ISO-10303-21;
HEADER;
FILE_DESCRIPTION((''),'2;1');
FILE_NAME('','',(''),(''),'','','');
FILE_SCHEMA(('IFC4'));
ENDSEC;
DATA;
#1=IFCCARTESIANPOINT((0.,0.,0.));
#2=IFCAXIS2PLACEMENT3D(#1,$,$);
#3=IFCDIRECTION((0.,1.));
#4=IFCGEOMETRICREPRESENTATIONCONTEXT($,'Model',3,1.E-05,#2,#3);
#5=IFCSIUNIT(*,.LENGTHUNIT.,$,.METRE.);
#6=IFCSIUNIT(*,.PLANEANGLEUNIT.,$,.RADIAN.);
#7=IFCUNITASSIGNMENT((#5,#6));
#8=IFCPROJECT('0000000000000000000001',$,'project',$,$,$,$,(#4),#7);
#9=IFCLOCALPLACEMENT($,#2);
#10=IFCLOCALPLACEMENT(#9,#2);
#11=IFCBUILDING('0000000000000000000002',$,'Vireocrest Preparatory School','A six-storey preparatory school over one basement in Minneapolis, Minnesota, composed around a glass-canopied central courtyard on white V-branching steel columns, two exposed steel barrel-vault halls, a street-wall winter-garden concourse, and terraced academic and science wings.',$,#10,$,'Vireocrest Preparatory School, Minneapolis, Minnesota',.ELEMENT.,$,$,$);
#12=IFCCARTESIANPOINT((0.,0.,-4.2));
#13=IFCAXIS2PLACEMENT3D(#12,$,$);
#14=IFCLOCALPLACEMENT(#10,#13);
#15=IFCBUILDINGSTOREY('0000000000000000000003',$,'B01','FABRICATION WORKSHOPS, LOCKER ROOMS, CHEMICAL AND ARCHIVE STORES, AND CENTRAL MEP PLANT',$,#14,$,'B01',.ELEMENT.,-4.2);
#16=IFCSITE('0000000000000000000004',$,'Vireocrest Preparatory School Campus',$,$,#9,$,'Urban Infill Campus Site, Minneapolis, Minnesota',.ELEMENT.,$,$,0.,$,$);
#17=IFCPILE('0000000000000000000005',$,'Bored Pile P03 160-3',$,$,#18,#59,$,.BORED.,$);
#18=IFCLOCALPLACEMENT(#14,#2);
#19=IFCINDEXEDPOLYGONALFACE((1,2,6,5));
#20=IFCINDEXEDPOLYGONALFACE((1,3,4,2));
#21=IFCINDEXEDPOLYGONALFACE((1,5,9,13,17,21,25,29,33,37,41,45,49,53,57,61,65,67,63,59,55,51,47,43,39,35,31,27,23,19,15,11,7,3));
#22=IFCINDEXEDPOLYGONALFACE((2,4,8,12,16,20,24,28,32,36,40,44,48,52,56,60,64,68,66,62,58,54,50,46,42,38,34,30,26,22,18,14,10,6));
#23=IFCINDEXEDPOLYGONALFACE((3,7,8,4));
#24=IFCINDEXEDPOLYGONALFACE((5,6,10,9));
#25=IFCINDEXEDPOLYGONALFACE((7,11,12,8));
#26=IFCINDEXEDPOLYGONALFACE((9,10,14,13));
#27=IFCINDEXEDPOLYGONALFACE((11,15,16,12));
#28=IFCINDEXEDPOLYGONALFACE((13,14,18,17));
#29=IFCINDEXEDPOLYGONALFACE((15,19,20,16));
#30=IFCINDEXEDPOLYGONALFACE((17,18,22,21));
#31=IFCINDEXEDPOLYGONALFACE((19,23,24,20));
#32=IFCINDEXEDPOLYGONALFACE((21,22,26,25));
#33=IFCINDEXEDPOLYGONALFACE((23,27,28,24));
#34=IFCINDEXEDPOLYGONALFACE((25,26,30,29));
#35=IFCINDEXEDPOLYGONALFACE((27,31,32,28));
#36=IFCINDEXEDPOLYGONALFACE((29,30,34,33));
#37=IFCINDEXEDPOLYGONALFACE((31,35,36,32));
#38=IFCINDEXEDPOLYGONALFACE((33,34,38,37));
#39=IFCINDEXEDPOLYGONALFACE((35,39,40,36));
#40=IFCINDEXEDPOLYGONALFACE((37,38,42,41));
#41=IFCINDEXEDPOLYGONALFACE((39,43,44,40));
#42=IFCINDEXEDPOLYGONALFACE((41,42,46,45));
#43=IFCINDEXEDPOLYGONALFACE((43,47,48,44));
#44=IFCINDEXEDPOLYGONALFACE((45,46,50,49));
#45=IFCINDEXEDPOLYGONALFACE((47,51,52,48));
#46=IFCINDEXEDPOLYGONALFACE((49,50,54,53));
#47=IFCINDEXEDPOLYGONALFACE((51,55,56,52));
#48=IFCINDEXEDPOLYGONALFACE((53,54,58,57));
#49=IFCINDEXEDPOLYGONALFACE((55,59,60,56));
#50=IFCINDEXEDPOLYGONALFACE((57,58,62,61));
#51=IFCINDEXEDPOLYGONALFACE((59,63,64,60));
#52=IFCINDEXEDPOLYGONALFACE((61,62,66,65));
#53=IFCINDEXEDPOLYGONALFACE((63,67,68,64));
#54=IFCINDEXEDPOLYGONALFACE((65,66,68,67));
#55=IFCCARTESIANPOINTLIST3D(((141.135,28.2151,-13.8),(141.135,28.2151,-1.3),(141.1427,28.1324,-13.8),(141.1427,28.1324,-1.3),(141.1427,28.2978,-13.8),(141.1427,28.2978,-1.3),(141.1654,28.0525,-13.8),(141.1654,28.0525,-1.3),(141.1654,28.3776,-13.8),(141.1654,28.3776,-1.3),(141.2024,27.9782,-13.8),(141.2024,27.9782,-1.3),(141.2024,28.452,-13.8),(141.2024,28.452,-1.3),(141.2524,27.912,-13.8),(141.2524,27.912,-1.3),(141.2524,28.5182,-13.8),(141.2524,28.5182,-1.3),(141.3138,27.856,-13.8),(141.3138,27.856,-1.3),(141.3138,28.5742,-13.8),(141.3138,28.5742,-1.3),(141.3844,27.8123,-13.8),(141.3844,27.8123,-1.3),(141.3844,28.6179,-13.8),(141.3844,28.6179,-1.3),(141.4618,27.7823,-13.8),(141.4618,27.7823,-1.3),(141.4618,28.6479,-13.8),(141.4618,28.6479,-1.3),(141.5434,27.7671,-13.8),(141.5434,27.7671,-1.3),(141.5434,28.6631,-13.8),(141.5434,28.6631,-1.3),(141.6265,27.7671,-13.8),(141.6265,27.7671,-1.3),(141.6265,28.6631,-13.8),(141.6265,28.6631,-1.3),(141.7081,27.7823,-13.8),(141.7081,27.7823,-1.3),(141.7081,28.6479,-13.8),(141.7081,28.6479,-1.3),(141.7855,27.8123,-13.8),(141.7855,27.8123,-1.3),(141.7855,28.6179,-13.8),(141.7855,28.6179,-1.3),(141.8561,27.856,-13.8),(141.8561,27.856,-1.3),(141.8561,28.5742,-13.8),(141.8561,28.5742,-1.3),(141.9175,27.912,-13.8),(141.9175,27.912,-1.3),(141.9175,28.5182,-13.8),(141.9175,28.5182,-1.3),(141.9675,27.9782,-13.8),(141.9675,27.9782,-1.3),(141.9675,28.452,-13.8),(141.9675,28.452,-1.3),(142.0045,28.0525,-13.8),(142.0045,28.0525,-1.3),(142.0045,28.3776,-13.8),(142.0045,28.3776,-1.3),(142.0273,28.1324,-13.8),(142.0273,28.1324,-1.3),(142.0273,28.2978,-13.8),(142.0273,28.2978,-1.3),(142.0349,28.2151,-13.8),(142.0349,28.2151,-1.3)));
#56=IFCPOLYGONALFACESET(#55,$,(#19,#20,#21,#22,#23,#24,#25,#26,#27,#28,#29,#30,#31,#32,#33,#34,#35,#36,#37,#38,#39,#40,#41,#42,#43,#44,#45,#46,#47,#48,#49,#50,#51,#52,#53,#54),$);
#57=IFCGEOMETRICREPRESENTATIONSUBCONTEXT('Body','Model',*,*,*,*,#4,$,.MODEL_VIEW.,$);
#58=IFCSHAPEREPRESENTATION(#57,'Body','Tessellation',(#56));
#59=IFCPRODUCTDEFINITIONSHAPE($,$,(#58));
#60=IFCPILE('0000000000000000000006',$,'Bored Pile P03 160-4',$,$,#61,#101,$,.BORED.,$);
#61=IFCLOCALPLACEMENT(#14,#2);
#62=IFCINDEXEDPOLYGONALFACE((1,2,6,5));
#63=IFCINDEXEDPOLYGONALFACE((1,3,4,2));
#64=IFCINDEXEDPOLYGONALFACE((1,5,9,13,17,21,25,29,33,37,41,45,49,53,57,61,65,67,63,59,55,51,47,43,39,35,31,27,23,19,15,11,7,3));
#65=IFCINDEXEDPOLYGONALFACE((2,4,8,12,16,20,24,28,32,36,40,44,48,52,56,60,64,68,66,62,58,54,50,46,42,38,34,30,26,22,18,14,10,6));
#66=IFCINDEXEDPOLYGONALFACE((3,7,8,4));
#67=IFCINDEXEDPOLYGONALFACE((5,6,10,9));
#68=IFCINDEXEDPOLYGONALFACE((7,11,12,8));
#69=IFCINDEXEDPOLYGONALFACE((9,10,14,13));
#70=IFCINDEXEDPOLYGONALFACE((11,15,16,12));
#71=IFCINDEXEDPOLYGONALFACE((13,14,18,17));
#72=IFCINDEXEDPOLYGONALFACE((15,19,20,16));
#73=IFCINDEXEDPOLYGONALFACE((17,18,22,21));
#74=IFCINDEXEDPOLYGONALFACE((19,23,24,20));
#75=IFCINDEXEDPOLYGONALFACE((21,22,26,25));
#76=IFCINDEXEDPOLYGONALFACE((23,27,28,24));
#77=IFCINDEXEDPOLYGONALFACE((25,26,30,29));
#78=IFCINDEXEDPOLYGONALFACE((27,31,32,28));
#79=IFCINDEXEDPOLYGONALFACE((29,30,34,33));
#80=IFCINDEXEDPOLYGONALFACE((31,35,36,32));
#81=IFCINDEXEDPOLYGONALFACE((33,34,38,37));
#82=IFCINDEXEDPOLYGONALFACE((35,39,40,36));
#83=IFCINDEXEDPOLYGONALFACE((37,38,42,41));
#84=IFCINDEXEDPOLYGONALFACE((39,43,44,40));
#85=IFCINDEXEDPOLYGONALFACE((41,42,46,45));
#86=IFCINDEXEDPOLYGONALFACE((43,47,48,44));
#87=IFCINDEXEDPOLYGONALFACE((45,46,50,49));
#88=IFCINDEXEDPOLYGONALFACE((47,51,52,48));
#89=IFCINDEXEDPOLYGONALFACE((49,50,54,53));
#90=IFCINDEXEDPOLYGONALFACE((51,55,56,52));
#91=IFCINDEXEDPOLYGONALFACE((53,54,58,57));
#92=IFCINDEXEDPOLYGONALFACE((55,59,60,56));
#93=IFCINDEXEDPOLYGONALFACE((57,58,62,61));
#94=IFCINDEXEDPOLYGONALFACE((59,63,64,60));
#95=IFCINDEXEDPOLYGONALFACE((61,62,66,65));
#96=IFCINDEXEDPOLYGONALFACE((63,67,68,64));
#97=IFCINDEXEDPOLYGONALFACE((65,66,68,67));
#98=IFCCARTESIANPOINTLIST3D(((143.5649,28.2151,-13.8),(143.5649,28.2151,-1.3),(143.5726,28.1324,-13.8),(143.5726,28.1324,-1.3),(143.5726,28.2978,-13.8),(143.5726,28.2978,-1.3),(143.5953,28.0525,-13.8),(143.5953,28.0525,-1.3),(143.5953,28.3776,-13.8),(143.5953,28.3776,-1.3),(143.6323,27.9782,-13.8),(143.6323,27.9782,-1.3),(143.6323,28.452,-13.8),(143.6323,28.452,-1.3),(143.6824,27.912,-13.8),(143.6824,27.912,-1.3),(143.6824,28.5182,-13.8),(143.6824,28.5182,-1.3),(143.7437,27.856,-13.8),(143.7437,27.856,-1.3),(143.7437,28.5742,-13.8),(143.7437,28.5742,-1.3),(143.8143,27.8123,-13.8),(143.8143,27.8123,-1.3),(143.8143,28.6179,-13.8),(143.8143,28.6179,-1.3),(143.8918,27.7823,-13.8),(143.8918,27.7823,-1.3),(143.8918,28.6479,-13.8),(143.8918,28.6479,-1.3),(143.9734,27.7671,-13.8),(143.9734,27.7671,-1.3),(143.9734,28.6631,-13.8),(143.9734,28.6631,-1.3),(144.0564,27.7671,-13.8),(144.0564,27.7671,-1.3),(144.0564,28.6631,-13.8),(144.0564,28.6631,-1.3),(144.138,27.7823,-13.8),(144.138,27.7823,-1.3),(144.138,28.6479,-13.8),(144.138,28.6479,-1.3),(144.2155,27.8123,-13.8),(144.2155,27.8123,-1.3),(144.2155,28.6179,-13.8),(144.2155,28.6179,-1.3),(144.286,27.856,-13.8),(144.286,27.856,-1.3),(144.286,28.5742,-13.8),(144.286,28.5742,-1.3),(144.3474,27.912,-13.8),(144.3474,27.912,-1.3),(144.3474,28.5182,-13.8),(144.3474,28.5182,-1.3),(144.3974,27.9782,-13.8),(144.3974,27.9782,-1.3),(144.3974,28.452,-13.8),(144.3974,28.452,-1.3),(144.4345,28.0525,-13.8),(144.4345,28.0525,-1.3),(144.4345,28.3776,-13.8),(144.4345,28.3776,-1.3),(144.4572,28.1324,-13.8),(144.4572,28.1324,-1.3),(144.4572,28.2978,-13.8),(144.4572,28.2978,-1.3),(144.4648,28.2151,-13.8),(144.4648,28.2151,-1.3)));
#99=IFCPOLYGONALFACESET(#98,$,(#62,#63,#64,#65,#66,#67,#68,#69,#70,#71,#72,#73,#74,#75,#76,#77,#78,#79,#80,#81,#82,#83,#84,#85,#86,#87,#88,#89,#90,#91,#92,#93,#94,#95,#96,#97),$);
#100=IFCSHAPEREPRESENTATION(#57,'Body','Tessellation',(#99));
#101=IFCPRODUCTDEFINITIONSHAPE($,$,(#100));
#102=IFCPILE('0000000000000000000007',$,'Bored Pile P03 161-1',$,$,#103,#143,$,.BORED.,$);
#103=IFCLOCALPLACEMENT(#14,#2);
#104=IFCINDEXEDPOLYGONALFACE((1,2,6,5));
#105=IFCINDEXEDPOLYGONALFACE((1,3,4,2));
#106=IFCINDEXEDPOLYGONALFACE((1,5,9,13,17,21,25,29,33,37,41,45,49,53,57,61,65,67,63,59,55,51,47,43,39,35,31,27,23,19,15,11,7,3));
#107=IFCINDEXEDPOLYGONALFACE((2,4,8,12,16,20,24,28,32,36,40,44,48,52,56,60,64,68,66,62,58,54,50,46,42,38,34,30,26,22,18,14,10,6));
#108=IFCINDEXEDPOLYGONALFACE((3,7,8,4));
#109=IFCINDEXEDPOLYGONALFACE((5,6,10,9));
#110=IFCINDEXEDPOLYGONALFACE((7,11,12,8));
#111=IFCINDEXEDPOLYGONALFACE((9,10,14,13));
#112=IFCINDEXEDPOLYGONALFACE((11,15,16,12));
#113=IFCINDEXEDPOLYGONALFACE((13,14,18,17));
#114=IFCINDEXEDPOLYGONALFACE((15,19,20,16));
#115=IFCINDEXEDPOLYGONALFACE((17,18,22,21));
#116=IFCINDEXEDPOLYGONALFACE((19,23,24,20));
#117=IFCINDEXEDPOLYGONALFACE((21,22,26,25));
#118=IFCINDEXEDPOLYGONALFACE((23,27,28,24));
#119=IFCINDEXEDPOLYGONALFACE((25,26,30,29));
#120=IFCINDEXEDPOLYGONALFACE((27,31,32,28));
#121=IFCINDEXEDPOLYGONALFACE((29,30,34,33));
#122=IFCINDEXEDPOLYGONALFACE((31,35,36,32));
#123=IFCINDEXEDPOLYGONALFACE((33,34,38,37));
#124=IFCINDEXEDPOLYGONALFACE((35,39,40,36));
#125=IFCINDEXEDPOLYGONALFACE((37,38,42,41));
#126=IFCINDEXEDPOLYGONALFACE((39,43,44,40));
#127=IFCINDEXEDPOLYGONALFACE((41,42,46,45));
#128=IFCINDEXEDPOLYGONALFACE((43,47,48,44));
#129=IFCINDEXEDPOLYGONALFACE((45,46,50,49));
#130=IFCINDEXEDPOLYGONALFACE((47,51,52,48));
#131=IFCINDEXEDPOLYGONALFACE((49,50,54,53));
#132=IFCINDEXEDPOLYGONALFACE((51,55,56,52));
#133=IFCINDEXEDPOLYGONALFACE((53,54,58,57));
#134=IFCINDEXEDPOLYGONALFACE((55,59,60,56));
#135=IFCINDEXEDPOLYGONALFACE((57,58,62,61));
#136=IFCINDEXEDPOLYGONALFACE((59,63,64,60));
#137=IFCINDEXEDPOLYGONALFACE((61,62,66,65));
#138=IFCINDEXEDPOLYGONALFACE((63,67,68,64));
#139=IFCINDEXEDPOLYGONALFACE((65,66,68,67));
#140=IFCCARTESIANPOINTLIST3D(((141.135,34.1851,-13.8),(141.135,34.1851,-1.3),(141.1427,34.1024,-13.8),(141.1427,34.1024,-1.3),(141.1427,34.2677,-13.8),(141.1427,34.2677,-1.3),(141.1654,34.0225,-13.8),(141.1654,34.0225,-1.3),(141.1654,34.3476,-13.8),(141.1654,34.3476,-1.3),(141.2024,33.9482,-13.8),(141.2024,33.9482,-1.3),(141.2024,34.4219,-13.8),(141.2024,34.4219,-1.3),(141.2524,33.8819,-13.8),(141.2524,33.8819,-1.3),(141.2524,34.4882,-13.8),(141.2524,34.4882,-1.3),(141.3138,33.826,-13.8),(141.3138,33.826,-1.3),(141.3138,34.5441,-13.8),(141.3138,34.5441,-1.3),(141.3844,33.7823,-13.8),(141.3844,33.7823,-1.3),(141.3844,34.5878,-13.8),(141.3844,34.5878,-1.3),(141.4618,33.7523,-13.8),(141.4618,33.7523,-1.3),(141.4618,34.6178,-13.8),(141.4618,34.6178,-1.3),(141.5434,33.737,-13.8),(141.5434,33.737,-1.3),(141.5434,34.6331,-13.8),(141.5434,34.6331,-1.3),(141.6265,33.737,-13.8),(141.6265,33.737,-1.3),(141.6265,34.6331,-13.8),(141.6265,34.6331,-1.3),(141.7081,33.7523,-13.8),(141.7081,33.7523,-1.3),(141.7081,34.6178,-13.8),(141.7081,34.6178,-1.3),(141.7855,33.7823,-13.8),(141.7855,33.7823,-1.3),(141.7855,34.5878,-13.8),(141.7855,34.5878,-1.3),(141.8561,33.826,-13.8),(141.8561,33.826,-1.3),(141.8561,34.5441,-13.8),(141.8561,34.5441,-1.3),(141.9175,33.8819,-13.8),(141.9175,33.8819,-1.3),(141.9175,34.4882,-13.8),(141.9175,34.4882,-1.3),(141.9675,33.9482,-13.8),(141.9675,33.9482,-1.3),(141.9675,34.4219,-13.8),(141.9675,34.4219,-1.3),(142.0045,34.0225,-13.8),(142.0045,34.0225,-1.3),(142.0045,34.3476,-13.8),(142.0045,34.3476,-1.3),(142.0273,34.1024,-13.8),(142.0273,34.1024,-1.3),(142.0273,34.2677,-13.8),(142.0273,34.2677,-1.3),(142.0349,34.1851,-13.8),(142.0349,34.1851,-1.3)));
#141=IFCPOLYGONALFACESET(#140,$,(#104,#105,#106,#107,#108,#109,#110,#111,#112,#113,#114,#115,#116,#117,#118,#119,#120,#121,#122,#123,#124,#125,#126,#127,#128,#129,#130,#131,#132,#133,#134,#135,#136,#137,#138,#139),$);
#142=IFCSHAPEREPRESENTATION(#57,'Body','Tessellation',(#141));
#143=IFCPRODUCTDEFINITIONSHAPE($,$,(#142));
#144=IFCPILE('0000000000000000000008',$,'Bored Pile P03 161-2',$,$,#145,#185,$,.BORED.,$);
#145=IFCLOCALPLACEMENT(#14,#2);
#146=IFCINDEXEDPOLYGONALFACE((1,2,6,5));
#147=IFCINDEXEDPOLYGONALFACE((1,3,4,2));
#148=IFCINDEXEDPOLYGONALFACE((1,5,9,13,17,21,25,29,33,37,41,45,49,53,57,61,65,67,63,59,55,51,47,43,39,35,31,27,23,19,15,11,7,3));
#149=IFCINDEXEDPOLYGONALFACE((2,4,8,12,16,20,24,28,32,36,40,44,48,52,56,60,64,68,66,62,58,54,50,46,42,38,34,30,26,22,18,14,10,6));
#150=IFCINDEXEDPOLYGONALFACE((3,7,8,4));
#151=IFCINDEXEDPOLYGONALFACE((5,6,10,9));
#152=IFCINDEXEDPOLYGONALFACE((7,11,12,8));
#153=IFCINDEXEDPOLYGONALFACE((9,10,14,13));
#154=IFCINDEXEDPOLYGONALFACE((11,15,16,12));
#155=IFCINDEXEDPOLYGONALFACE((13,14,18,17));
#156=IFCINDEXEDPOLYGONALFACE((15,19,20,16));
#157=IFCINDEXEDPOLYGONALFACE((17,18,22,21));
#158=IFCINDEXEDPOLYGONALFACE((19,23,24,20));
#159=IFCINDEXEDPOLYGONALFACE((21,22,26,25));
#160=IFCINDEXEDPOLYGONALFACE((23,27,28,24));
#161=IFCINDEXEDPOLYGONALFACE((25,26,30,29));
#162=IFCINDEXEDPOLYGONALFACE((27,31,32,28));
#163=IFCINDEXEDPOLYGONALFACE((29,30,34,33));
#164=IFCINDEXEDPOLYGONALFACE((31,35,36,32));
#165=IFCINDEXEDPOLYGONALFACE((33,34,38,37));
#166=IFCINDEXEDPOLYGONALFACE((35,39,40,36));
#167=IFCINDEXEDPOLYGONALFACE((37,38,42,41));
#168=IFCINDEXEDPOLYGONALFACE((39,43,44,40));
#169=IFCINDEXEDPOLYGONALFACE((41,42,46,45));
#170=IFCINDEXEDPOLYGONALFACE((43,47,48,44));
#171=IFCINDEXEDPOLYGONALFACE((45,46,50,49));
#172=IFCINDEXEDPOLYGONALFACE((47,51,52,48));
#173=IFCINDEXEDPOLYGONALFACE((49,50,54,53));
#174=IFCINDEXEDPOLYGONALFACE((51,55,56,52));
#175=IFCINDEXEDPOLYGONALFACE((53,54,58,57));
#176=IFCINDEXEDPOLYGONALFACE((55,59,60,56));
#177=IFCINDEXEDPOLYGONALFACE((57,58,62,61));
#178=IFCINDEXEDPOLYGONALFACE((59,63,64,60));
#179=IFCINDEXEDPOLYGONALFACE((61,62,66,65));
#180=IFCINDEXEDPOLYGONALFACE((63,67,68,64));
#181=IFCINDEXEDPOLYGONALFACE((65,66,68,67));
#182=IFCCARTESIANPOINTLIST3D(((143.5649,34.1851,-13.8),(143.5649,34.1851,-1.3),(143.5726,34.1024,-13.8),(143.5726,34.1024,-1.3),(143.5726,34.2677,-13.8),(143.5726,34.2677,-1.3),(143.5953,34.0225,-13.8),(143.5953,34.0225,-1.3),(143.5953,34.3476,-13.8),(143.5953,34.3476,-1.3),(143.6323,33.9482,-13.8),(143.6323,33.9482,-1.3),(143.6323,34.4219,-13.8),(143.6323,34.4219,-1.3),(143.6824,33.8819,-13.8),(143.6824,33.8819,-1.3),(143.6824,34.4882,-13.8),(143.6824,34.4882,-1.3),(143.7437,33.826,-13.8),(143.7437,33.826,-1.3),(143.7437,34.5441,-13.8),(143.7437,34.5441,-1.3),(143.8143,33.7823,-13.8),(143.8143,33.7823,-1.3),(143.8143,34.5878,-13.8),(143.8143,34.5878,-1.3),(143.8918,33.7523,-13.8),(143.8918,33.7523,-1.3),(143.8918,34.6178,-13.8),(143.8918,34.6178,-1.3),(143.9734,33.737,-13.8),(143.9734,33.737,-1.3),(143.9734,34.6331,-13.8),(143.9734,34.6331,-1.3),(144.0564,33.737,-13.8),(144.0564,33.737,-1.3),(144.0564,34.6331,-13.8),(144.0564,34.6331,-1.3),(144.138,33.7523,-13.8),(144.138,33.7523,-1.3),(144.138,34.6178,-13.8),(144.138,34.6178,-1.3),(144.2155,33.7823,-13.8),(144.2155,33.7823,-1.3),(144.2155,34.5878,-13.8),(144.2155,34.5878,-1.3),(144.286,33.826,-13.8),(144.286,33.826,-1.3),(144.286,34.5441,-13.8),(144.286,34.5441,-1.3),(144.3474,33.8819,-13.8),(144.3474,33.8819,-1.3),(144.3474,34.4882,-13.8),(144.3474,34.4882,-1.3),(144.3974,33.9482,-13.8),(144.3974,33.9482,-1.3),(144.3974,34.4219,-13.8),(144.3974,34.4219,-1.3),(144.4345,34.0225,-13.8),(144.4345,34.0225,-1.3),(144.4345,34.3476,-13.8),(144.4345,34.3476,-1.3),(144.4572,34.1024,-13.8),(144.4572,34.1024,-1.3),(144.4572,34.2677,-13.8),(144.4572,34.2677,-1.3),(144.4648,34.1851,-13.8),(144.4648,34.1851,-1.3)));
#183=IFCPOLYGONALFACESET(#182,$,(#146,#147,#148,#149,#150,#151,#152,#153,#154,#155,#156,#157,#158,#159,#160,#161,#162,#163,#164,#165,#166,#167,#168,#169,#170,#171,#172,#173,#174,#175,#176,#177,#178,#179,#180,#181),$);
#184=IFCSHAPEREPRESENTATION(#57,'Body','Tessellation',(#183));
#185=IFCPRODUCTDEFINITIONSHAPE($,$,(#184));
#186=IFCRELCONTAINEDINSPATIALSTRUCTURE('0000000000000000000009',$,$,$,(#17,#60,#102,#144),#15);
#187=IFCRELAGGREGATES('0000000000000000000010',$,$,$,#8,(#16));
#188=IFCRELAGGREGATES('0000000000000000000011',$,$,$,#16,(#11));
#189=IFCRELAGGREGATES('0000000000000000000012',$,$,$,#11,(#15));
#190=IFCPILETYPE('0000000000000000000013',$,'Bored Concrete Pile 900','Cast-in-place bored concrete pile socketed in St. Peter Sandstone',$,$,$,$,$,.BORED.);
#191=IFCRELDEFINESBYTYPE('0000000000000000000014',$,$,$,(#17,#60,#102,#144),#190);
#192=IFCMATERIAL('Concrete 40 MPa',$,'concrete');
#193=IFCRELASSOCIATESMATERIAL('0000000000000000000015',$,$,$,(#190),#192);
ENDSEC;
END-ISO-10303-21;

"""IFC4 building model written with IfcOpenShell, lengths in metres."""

from ifc_helpers import new_model, si_unit, direction, frame, origin, origin_2d, place, context, subcontext, project, spatial, circle, extrude, material, material_profile, profile_set, type_object, element, save


model = new_model("IFC4")

# Units and contexts
model_context = context("Model", 3, precision=1e-05, world=origin(), true_north=direction((0.0, 1.0)))
body_context = subcontext(model_context, "Body", "Model", "MODEL_VIEW")
ifc_project = project(units=[si_unit("LENGTHUNIT", "METRE"), si_unit("PLANEANGLEUNIT", "RADIAN")], contexts=[model_context])

# Site, building, storey
site_placement = place(None, origin())
site = spatial("IfcSite", under=ifc_project, at=site_placement, Name="Vireocrest Preparatory School Campus", LongName="Urban Infill Campus Site, Minneapolis, Minnesota", CompositionType="ELEMENT", RefElevation=0.0)
building_placement = place(site_placement, origin())
building = spatial("IfcBuilding", under=site, at=building_placement, Name="Vireocrest Preparatory School", Description="A six-storey preparatory school over one basement in Minneapolis, Minnesota, composed around a glass-canopied central courtyard on white V-branching steel columns, two exposed steel barrel-vault halls, a street-wall winter-garden concourse, and terraced academic and science wings.", LongName="Vireocrest Preparatory School, Minneapolis, Minnesota", CompositionType="ELEMENT")
storey_placement = place(building_placement, frame((0.0, 0.0, -4.2)))
storey = spatial("IfcBuildingStorey", under=building, at=storey_placement, Name="B01", Description="FABRICATION WORKSHOPS, LOCKER ROOMS, CHEMICAL AND ARCHIVE STORES, AND CENTRAL MEP PLANT", LongName="B01", CompositionType="ELEMENT", Elevation=-4.2)

# Piles
ifc_material_1 = material(Name="Concrete 40 MPa", Category="concrete")
ifc_material_profile_1 = material_profile(ifc_material_1, circle(Radius=0.45, at=origin_2d()), Name="BORED PILE 900")
ifc_profile_set_1 = profile_set([ifc_material_profile_1], Name="Concrete 40 MPa")
pile_type_1 = type_object("IfcPileType", Name="Bored Concrete Pile 900", Description="Cast-in-place bored concrete pile socketed in St. Peter Sandstone", PredefinedType="BORED", material=ifc_profile_set_1)
for number, where, z_axis, x_axis, name in (
    (1, (141.585, 28.2151, -1.3), (0.0, 0.0, -1.0), (1.0, 0.0, 0.0), "Bored Pile P03 160-3"),
    (2, (144.0149, 28.2151, -1.3), (0.0, 0.0, -1.0), (1.0, 0.0, 0.0), "Bored Pile P03 160-4"),
    (3, (141.585, 34.1851, -1.3), (0.0, 0.0, -1.0), (1.0, 0.0, 0.0), "Bored Pile P03 161-1"),
    (4, (144.0149, 34.1851, -1.3), (0.0, 0.0, -1.0), (1.0, 0.0, 0.0), "Bored Pile P03 161-2"),
):
    element("IfcPile", number, at=place(storey_placement, frame(where, z_axis=z_axis, x_axis=x_axis)), inside=storey, type_object=pile_type_1, Name=name, PredefinedType="BORED", context=body_context, shape_type="SweptSolid", body=[
        extrude(circle(Radius=0.45, at=origin_2d()), origin(), (0.0, 0.0, 1.0), 12.5),
    ])

save(model, "model.ifc")
